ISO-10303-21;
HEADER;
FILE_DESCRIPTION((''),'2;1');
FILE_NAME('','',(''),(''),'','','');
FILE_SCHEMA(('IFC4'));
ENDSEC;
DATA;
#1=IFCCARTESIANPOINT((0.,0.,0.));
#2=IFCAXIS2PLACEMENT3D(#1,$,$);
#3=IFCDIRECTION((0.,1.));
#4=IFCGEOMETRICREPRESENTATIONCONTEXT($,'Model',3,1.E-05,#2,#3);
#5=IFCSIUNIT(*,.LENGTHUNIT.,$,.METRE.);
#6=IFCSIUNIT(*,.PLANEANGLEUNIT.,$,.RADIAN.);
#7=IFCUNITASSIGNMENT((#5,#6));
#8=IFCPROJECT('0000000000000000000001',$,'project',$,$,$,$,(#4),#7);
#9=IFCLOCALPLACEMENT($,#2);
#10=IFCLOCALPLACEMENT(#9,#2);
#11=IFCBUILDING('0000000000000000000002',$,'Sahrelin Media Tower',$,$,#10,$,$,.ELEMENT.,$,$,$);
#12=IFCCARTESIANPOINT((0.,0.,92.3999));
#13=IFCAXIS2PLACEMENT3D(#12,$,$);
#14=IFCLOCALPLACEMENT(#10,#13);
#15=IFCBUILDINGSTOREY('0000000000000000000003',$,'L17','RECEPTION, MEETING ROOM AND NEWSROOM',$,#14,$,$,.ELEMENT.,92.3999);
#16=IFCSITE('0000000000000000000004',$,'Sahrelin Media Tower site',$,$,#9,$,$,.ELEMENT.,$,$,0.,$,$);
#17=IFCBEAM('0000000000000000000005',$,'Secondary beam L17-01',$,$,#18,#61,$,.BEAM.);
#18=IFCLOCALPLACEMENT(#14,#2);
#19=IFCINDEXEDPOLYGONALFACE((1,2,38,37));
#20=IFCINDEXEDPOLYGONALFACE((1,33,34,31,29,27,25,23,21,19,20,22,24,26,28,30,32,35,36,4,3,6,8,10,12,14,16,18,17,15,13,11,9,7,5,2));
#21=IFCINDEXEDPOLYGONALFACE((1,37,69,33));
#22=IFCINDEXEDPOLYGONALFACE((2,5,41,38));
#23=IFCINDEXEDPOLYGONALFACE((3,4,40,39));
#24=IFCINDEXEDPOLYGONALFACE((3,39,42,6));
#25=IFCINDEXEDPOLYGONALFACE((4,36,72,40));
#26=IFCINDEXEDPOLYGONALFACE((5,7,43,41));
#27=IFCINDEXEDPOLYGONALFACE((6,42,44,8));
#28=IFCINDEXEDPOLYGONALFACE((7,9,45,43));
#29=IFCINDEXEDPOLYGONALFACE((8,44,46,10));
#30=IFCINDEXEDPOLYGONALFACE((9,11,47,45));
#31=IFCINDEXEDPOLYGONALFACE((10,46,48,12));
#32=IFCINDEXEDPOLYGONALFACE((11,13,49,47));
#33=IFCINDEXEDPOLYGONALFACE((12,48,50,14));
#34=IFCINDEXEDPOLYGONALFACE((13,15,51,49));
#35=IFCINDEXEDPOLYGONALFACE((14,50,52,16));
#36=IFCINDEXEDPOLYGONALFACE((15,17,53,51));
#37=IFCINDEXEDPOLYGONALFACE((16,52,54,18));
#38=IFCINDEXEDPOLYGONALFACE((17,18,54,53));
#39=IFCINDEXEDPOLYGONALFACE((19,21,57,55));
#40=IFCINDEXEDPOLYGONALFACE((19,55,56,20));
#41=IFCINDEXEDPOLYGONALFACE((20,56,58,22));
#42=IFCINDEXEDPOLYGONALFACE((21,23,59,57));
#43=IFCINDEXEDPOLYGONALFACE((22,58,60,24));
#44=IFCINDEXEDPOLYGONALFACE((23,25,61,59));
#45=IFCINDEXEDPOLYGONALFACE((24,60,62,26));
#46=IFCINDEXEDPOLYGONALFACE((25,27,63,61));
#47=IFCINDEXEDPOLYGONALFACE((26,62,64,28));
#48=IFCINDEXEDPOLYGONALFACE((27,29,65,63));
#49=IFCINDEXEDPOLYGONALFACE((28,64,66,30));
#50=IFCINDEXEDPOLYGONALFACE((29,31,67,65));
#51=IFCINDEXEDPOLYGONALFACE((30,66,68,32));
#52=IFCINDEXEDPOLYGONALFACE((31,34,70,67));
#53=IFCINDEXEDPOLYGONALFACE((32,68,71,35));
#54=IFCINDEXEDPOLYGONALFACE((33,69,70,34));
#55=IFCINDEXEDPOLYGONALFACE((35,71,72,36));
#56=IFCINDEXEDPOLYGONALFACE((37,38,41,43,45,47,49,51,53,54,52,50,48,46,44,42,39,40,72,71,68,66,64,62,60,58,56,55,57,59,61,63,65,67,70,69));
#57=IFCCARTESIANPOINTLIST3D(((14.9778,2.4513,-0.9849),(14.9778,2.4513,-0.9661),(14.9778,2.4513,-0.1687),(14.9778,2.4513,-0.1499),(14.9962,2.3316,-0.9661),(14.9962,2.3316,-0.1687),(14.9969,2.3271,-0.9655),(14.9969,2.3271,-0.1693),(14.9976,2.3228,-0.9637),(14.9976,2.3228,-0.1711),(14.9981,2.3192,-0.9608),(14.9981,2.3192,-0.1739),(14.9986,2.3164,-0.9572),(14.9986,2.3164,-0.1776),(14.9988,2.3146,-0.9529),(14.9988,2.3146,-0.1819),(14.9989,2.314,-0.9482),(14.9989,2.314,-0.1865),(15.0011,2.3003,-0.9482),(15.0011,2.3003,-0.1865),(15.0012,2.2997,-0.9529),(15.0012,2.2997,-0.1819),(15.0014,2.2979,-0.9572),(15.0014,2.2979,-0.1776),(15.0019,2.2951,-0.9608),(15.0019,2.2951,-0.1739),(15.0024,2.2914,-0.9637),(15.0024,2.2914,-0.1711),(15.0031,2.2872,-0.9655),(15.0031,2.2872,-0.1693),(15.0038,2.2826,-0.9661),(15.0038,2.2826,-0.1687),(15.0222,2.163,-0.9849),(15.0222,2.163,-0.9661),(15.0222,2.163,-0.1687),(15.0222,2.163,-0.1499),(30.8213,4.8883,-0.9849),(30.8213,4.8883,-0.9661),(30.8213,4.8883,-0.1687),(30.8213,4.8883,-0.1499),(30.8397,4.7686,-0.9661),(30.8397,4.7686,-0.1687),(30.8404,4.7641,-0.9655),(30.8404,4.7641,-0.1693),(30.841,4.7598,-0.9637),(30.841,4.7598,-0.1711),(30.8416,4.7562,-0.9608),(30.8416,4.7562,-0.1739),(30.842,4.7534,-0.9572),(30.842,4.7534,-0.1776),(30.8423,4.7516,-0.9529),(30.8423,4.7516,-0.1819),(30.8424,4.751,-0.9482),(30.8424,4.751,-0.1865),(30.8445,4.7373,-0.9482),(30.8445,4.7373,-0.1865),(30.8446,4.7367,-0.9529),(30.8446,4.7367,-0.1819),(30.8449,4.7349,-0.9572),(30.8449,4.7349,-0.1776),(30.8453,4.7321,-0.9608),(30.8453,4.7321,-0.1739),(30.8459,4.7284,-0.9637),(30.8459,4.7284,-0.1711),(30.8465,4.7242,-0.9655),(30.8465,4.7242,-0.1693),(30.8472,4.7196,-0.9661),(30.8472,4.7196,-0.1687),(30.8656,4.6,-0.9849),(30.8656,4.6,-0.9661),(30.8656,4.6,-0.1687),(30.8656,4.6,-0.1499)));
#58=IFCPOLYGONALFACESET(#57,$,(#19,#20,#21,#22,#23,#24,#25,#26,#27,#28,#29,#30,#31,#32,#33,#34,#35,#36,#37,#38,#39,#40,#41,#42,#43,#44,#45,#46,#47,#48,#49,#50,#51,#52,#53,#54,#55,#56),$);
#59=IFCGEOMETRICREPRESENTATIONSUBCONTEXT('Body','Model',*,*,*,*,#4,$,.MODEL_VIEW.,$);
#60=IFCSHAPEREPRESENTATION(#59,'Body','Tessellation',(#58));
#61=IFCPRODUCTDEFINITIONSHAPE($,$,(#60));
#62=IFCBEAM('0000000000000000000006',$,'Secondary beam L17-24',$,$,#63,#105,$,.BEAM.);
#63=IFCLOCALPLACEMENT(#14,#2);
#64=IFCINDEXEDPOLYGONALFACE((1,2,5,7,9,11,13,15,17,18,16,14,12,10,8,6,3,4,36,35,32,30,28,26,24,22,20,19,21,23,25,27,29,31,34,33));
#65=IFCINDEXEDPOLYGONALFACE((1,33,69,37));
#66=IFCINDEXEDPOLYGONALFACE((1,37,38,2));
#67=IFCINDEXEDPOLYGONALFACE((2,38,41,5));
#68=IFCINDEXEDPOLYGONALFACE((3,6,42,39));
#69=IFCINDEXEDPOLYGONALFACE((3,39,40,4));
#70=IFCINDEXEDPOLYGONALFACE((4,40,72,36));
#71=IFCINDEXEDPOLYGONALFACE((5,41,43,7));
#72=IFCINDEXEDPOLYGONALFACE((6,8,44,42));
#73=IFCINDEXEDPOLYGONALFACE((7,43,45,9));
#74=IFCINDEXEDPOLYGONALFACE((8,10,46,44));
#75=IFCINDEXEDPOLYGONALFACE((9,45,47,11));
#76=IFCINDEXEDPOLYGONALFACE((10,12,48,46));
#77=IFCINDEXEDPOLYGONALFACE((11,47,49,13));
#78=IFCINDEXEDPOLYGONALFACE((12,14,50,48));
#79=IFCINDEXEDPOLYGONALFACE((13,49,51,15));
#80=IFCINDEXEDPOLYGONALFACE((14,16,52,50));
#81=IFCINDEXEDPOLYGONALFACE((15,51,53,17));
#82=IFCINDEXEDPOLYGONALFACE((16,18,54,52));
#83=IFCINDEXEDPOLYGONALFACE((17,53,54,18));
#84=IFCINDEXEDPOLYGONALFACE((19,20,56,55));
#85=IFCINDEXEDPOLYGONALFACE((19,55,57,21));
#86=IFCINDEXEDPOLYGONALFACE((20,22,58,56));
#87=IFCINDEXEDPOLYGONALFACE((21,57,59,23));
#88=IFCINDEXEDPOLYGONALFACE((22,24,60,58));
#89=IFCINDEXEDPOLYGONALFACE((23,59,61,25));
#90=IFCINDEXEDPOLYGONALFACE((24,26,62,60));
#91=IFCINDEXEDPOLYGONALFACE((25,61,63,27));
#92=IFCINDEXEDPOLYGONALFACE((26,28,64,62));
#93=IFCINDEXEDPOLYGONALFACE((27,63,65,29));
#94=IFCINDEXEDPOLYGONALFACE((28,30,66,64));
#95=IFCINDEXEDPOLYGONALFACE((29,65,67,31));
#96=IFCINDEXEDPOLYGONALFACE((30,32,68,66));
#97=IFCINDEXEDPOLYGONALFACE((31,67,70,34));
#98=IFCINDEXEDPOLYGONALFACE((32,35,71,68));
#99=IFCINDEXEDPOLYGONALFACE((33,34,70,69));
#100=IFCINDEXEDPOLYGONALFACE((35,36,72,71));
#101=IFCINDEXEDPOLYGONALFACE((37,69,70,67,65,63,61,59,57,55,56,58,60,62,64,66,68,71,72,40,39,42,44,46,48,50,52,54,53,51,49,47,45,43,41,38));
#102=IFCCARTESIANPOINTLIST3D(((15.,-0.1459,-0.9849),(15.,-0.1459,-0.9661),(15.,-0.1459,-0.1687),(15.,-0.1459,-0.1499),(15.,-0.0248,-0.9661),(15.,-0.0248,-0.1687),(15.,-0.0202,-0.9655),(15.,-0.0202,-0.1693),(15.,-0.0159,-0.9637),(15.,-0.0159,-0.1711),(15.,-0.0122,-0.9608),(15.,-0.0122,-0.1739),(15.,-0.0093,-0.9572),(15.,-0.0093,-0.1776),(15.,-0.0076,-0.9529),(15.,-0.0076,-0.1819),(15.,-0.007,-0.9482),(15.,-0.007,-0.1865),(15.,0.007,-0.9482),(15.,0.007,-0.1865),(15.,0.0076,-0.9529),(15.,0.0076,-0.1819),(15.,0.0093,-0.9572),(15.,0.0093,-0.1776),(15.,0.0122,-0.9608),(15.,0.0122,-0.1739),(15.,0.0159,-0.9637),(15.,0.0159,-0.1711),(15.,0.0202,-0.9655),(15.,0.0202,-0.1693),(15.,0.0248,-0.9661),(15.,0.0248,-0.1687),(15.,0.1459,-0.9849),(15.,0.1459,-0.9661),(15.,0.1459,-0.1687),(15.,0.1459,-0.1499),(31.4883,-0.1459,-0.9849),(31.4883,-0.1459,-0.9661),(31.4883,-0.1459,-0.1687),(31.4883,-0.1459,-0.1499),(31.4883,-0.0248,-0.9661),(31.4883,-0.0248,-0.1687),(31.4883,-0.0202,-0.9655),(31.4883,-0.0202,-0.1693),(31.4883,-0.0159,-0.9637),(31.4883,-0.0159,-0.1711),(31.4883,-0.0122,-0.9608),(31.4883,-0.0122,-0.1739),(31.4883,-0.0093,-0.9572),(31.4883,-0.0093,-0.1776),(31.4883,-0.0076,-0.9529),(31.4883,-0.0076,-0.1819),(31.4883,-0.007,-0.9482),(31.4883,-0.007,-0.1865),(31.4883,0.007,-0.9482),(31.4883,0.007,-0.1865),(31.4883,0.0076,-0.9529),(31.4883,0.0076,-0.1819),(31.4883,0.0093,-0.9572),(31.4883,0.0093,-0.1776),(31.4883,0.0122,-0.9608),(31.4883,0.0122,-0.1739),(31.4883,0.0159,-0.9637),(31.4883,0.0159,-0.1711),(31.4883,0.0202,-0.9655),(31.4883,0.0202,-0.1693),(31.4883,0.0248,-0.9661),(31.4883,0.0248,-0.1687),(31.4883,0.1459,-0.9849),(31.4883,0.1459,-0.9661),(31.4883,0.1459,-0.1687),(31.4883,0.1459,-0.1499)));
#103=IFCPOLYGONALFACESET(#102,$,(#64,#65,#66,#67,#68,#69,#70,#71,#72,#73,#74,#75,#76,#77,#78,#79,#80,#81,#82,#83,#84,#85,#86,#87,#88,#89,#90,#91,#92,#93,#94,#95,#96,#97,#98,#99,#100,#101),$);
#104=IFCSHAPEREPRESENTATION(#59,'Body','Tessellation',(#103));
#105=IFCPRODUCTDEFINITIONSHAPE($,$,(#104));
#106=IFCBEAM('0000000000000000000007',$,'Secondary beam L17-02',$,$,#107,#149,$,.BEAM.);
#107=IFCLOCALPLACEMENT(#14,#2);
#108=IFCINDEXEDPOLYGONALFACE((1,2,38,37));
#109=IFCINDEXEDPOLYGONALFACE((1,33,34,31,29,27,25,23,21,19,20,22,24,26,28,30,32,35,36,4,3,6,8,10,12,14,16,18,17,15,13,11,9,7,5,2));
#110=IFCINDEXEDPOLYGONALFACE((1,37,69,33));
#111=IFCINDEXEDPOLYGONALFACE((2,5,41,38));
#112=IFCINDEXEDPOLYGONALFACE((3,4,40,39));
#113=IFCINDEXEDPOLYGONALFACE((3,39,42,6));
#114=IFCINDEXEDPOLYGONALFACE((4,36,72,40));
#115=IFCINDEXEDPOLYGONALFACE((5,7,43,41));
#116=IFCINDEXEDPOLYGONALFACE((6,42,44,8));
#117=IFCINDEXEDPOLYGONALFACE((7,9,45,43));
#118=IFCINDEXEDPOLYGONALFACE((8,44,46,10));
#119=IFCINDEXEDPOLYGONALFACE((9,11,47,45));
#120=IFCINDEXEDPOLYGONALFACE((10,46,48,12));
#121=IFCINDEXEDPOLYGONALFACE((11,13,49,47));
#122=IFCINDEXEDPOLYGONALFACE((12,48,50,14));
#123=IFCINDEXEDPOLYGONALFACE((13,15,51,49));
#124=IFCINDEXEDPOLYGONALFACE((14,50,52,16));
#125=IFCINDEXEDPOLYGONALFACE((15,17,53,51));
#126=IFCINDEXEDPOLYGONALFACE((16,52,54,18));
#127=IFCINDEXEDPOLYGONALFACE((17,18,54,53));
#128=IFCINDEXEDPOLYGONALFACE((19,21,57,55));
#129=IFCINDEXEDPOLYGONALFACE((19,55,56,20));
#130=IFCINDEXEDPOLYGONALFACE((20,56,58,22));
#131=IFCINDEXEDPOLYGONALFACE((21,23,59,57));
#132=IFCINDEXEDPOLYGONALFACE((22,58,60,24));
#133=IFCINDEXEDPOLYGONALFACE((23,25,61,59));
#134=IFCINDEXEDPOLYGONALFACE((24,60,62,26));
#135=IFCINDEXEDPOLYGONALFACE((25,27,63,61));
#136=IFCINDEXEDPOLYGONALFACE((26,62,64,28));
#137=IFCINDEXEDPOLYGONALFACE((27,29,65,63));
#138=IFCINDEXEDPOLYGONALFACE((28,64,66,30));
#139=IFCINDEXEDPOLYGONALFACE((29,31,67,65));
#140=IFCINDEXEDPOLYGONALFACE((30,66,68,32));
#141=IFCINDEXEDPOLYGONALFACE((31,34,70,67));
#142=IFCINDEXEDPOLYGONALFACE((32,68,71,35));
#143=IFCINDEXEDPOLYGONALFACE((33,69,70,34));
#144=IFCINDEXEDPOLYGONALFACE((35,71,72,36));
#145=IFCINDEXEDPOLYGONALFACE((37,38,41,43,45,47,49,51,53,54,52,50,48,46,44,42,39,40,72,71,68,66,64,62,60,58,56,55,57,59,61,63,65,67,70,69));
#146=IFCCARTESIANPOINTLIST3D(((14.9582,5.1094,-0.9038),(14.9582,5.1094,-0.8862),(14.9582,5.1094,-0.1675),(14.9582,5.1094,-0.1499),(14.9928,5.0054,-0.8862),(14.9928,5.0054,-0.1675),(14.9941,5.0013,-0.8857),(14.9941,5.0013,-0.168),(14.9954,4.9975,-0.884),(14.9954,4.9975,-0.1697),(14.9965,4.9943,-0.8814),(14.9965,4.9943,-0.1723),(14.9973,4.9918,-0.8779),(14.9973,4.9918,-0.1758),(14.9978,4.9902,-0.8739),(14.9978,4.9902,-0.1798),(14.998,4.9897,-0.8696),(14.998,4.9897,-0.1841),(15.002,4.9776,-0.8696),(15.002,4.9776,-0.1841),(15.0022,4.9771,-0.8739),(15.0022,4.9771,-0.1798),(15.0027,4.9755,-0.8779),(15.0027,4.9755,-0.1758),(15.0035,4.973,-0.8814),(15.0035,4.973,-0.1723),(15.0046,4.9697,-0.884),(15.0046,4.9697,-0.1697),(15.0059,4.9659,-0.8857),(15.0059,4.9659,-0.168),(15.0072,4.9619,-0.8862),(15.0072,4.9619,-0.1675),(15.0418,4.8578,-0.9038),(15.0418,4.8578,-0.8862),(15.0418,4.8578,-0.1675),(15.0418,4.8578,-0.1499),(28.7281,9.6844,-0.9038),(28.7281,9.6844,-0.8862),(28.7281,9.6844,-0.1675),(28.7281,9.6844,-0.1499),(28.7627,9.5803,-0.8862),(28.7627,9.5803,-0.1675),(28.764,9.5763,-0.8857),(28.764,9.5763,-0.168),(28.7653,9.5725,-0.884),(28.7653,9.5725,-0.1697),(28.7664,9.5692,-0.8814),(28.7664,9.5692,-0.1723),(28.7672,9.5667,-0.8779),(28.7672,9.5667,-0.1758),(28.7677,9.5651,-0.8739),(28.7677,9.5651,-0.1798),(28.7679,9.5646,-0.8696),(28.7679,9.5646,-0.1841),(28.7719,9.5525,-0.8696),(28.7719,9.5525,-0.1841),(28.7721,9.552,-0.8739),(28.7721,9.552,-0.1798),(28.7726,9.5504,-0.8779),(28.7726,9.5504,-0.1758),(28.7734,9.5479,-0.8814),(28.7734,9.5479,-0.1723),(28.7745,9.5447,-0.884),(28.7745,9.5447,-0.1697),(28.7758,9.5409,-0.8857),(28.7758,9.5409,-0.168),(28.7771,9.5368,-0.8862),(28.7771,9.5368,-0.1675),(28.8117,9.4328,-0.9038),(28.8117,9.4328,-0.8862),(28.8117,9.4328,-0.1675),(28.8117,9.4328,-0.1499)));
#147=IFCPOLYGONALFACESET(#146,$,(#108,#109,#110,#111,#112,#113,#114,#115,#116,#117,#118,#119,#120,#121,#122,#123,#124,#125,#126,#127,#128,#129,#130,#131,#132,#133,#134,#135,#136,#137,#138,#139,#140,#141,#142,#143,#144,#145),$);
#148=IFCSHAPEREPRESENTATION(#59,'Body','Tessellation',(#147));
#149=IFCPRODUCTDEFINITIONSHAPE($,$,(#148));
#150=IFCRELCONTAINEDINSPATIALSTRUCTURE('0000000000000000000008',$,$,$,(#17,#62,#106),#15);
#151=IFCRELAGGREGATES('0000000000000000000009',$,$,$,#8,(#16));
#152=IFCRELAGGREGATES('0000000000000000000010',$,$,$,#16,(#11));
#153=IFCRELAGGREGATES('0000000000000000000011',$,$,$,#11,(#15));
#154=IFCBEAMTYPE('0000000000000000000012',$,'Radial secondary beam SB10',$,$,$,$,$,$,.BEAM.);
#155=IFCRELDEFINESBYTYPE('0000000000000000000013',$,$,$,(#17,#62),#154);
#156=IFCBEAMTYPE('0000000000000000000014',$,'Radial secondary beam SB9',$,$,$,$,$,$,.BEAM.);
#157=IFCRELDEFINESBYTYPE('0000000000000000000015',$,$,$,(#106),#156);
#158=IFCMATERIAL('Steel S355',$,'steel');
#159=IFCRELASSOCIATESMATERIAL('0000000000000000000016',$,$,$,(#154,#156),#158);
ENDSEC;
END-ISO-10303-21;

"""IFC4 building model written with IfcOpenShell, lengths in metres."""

from ifc_helpers import new_model, si_unit, direction, frame, origin, origin_2d, place, context, subcontext, project, spatial, i_section, extrude, material, material_profile, profile_set, type_object, element, save


model = new_model("IFC4")

# Units and contexts
model_context = context("Model", 3, precision=1e-05, world=origin(), true_north=direction((0.0, 1.0)))
body_context = subcontext(model_context, "Body", "Model", "MODEL_VIEW")
ifc_project = project(units=[si_unit("LENGTHUNIT", "METRE"), si_unit("PLANEANGLEUNIT", "RADIAN")], contexts=[model_context])

# Site, building, storey
site_placement = place(None, origin())
site = spatial("IfcSite", under=ifc_project, at=site_placement, Name="Sahrelin Media Tower site", CompositionType="ELEMENT", RefElevation=0.0)
building_placement = place(site_placement, origin())
building = spatial("IfcBuilding", under=site, at=building_placement, Name="Sahrelin Media Tower", CompositionType="ELEMENT")
storey_placement = place(building_placement, frame((0.0, 0.0, 92.3999)))
storey = spatial("IfcBuildingStorey", under=building, at=storey_placement, Name="L17", Description="RECEPTION, MEETING ROOM AND NEWSROOM", CompositionType="ELEMENT", Elevation=92.3999)

# Beams
ifc_material_1 = material(Name="Steel S355", Category="steel")
ifc_material_profile_1 = material_profile(ifc_material_1, i_section(OverallWidth=0.2917, OverallDepth=0.835, WebThickness=0.0139, FlangeThickness=0.0188, FilletRadius=0.0178, at=origin_2d()), Name="UB 838x292x176")
ifc_profile_set_1 = profile_set([ifc_material_profile_1], Name="Steel S355")
beam_type_1 = type_object("IfcBeamType", Name="Radial secondary beam SB10", PredefinedType="BEAM", material=ifc_profile_set_1)
beam_1_placement = place(storey_placement, frame((15.0, 2.3071, -0.5674), z_axis=(0.988376, 0.15203, 0.0), x_axis=(-0.15203, 0.988376, 0.0)))
element("IfcBeam", 1, at=beam_1_placement, inside=storey, type_object=beam_type_1, Name="Secondary beam L17-01", PredefinedType="BEAM", context=body_context, shape_type="SweptSolid", body=[
    extrude(i_section(OverallWidth=0.2917, OverallDepth=0.835, WebThickness=0.0139, FlangeThickness=0.0188, FilletRadius=0.0178, at=origin_2d()), origin(), (0.0, 0.0, 1.0), 16.0298),
])
beam_2_placement = place(storey_placement, frame((15.0, 0.0, -0.5674), z_axis=(1.0, 0.0, 0.0), x_axis=(0.0, 1.0, 0.0)))
element("IfcBeam", 2, at=beam_2_placement, inside=storey, type_object=beam_type_1, Name="Secondary beam L17-24", PredefinedType="BEAM", context=body_context, shape_type="SweptSolid", body=[
    extrude(i_section(OverallWidth=0.2917, OverallDepth=0.835, WebThickness=0.0139, FlangeThickness=0.0188, FilletRadius=0.0178, at=origin_2d()), origin(), (0.0, 0.0, 1.0), 16.4883),
])
ifc_material_profile_2 = material_profile(ifc_material_1, i_section(OverallWidth=0.2651, OverallDepth=0.7539, WebThickness=0.0127, FlangeThickness=0.0176, FilletRadius=0.0166, at=origin_2d()), Name="UB 762x267x147")
ifc_profile_set_2 = profile_set([ifc_material_profile_2], Name="Steel S355")
beam_type_2 = type_object("IfcBeamType", Name="Radial secondary beam SB9", PredefinedType="BEAM", material=ifc_profile_set_2)
beam_3_placement = place(storey_placement, frame((15.0, 4.9836, -0.5269), z_axis=(0.948994, 0.315294, 0.0), x_axis=(-0.315294, 0.948994, 0.0)))
element("IfcBeam", 3, at=beam_3_placement, inside=storey, type_object=beam_type_2, Name="Secondary beam L17-02", PredefinedType="BEAM", context=body_context, shape_type="SweptSolid", body=[
    extrude(i_section(OverallWidth=0.2651, OverallDepth=0.7539, WebThickness=0.0127, FlangeThickness=0.0176, FilletRadius=0.0166, at=origin_2d()), origin(), (0.0, 0.0, 1.0), 14.51),
])

save(model, "model.ifc")
